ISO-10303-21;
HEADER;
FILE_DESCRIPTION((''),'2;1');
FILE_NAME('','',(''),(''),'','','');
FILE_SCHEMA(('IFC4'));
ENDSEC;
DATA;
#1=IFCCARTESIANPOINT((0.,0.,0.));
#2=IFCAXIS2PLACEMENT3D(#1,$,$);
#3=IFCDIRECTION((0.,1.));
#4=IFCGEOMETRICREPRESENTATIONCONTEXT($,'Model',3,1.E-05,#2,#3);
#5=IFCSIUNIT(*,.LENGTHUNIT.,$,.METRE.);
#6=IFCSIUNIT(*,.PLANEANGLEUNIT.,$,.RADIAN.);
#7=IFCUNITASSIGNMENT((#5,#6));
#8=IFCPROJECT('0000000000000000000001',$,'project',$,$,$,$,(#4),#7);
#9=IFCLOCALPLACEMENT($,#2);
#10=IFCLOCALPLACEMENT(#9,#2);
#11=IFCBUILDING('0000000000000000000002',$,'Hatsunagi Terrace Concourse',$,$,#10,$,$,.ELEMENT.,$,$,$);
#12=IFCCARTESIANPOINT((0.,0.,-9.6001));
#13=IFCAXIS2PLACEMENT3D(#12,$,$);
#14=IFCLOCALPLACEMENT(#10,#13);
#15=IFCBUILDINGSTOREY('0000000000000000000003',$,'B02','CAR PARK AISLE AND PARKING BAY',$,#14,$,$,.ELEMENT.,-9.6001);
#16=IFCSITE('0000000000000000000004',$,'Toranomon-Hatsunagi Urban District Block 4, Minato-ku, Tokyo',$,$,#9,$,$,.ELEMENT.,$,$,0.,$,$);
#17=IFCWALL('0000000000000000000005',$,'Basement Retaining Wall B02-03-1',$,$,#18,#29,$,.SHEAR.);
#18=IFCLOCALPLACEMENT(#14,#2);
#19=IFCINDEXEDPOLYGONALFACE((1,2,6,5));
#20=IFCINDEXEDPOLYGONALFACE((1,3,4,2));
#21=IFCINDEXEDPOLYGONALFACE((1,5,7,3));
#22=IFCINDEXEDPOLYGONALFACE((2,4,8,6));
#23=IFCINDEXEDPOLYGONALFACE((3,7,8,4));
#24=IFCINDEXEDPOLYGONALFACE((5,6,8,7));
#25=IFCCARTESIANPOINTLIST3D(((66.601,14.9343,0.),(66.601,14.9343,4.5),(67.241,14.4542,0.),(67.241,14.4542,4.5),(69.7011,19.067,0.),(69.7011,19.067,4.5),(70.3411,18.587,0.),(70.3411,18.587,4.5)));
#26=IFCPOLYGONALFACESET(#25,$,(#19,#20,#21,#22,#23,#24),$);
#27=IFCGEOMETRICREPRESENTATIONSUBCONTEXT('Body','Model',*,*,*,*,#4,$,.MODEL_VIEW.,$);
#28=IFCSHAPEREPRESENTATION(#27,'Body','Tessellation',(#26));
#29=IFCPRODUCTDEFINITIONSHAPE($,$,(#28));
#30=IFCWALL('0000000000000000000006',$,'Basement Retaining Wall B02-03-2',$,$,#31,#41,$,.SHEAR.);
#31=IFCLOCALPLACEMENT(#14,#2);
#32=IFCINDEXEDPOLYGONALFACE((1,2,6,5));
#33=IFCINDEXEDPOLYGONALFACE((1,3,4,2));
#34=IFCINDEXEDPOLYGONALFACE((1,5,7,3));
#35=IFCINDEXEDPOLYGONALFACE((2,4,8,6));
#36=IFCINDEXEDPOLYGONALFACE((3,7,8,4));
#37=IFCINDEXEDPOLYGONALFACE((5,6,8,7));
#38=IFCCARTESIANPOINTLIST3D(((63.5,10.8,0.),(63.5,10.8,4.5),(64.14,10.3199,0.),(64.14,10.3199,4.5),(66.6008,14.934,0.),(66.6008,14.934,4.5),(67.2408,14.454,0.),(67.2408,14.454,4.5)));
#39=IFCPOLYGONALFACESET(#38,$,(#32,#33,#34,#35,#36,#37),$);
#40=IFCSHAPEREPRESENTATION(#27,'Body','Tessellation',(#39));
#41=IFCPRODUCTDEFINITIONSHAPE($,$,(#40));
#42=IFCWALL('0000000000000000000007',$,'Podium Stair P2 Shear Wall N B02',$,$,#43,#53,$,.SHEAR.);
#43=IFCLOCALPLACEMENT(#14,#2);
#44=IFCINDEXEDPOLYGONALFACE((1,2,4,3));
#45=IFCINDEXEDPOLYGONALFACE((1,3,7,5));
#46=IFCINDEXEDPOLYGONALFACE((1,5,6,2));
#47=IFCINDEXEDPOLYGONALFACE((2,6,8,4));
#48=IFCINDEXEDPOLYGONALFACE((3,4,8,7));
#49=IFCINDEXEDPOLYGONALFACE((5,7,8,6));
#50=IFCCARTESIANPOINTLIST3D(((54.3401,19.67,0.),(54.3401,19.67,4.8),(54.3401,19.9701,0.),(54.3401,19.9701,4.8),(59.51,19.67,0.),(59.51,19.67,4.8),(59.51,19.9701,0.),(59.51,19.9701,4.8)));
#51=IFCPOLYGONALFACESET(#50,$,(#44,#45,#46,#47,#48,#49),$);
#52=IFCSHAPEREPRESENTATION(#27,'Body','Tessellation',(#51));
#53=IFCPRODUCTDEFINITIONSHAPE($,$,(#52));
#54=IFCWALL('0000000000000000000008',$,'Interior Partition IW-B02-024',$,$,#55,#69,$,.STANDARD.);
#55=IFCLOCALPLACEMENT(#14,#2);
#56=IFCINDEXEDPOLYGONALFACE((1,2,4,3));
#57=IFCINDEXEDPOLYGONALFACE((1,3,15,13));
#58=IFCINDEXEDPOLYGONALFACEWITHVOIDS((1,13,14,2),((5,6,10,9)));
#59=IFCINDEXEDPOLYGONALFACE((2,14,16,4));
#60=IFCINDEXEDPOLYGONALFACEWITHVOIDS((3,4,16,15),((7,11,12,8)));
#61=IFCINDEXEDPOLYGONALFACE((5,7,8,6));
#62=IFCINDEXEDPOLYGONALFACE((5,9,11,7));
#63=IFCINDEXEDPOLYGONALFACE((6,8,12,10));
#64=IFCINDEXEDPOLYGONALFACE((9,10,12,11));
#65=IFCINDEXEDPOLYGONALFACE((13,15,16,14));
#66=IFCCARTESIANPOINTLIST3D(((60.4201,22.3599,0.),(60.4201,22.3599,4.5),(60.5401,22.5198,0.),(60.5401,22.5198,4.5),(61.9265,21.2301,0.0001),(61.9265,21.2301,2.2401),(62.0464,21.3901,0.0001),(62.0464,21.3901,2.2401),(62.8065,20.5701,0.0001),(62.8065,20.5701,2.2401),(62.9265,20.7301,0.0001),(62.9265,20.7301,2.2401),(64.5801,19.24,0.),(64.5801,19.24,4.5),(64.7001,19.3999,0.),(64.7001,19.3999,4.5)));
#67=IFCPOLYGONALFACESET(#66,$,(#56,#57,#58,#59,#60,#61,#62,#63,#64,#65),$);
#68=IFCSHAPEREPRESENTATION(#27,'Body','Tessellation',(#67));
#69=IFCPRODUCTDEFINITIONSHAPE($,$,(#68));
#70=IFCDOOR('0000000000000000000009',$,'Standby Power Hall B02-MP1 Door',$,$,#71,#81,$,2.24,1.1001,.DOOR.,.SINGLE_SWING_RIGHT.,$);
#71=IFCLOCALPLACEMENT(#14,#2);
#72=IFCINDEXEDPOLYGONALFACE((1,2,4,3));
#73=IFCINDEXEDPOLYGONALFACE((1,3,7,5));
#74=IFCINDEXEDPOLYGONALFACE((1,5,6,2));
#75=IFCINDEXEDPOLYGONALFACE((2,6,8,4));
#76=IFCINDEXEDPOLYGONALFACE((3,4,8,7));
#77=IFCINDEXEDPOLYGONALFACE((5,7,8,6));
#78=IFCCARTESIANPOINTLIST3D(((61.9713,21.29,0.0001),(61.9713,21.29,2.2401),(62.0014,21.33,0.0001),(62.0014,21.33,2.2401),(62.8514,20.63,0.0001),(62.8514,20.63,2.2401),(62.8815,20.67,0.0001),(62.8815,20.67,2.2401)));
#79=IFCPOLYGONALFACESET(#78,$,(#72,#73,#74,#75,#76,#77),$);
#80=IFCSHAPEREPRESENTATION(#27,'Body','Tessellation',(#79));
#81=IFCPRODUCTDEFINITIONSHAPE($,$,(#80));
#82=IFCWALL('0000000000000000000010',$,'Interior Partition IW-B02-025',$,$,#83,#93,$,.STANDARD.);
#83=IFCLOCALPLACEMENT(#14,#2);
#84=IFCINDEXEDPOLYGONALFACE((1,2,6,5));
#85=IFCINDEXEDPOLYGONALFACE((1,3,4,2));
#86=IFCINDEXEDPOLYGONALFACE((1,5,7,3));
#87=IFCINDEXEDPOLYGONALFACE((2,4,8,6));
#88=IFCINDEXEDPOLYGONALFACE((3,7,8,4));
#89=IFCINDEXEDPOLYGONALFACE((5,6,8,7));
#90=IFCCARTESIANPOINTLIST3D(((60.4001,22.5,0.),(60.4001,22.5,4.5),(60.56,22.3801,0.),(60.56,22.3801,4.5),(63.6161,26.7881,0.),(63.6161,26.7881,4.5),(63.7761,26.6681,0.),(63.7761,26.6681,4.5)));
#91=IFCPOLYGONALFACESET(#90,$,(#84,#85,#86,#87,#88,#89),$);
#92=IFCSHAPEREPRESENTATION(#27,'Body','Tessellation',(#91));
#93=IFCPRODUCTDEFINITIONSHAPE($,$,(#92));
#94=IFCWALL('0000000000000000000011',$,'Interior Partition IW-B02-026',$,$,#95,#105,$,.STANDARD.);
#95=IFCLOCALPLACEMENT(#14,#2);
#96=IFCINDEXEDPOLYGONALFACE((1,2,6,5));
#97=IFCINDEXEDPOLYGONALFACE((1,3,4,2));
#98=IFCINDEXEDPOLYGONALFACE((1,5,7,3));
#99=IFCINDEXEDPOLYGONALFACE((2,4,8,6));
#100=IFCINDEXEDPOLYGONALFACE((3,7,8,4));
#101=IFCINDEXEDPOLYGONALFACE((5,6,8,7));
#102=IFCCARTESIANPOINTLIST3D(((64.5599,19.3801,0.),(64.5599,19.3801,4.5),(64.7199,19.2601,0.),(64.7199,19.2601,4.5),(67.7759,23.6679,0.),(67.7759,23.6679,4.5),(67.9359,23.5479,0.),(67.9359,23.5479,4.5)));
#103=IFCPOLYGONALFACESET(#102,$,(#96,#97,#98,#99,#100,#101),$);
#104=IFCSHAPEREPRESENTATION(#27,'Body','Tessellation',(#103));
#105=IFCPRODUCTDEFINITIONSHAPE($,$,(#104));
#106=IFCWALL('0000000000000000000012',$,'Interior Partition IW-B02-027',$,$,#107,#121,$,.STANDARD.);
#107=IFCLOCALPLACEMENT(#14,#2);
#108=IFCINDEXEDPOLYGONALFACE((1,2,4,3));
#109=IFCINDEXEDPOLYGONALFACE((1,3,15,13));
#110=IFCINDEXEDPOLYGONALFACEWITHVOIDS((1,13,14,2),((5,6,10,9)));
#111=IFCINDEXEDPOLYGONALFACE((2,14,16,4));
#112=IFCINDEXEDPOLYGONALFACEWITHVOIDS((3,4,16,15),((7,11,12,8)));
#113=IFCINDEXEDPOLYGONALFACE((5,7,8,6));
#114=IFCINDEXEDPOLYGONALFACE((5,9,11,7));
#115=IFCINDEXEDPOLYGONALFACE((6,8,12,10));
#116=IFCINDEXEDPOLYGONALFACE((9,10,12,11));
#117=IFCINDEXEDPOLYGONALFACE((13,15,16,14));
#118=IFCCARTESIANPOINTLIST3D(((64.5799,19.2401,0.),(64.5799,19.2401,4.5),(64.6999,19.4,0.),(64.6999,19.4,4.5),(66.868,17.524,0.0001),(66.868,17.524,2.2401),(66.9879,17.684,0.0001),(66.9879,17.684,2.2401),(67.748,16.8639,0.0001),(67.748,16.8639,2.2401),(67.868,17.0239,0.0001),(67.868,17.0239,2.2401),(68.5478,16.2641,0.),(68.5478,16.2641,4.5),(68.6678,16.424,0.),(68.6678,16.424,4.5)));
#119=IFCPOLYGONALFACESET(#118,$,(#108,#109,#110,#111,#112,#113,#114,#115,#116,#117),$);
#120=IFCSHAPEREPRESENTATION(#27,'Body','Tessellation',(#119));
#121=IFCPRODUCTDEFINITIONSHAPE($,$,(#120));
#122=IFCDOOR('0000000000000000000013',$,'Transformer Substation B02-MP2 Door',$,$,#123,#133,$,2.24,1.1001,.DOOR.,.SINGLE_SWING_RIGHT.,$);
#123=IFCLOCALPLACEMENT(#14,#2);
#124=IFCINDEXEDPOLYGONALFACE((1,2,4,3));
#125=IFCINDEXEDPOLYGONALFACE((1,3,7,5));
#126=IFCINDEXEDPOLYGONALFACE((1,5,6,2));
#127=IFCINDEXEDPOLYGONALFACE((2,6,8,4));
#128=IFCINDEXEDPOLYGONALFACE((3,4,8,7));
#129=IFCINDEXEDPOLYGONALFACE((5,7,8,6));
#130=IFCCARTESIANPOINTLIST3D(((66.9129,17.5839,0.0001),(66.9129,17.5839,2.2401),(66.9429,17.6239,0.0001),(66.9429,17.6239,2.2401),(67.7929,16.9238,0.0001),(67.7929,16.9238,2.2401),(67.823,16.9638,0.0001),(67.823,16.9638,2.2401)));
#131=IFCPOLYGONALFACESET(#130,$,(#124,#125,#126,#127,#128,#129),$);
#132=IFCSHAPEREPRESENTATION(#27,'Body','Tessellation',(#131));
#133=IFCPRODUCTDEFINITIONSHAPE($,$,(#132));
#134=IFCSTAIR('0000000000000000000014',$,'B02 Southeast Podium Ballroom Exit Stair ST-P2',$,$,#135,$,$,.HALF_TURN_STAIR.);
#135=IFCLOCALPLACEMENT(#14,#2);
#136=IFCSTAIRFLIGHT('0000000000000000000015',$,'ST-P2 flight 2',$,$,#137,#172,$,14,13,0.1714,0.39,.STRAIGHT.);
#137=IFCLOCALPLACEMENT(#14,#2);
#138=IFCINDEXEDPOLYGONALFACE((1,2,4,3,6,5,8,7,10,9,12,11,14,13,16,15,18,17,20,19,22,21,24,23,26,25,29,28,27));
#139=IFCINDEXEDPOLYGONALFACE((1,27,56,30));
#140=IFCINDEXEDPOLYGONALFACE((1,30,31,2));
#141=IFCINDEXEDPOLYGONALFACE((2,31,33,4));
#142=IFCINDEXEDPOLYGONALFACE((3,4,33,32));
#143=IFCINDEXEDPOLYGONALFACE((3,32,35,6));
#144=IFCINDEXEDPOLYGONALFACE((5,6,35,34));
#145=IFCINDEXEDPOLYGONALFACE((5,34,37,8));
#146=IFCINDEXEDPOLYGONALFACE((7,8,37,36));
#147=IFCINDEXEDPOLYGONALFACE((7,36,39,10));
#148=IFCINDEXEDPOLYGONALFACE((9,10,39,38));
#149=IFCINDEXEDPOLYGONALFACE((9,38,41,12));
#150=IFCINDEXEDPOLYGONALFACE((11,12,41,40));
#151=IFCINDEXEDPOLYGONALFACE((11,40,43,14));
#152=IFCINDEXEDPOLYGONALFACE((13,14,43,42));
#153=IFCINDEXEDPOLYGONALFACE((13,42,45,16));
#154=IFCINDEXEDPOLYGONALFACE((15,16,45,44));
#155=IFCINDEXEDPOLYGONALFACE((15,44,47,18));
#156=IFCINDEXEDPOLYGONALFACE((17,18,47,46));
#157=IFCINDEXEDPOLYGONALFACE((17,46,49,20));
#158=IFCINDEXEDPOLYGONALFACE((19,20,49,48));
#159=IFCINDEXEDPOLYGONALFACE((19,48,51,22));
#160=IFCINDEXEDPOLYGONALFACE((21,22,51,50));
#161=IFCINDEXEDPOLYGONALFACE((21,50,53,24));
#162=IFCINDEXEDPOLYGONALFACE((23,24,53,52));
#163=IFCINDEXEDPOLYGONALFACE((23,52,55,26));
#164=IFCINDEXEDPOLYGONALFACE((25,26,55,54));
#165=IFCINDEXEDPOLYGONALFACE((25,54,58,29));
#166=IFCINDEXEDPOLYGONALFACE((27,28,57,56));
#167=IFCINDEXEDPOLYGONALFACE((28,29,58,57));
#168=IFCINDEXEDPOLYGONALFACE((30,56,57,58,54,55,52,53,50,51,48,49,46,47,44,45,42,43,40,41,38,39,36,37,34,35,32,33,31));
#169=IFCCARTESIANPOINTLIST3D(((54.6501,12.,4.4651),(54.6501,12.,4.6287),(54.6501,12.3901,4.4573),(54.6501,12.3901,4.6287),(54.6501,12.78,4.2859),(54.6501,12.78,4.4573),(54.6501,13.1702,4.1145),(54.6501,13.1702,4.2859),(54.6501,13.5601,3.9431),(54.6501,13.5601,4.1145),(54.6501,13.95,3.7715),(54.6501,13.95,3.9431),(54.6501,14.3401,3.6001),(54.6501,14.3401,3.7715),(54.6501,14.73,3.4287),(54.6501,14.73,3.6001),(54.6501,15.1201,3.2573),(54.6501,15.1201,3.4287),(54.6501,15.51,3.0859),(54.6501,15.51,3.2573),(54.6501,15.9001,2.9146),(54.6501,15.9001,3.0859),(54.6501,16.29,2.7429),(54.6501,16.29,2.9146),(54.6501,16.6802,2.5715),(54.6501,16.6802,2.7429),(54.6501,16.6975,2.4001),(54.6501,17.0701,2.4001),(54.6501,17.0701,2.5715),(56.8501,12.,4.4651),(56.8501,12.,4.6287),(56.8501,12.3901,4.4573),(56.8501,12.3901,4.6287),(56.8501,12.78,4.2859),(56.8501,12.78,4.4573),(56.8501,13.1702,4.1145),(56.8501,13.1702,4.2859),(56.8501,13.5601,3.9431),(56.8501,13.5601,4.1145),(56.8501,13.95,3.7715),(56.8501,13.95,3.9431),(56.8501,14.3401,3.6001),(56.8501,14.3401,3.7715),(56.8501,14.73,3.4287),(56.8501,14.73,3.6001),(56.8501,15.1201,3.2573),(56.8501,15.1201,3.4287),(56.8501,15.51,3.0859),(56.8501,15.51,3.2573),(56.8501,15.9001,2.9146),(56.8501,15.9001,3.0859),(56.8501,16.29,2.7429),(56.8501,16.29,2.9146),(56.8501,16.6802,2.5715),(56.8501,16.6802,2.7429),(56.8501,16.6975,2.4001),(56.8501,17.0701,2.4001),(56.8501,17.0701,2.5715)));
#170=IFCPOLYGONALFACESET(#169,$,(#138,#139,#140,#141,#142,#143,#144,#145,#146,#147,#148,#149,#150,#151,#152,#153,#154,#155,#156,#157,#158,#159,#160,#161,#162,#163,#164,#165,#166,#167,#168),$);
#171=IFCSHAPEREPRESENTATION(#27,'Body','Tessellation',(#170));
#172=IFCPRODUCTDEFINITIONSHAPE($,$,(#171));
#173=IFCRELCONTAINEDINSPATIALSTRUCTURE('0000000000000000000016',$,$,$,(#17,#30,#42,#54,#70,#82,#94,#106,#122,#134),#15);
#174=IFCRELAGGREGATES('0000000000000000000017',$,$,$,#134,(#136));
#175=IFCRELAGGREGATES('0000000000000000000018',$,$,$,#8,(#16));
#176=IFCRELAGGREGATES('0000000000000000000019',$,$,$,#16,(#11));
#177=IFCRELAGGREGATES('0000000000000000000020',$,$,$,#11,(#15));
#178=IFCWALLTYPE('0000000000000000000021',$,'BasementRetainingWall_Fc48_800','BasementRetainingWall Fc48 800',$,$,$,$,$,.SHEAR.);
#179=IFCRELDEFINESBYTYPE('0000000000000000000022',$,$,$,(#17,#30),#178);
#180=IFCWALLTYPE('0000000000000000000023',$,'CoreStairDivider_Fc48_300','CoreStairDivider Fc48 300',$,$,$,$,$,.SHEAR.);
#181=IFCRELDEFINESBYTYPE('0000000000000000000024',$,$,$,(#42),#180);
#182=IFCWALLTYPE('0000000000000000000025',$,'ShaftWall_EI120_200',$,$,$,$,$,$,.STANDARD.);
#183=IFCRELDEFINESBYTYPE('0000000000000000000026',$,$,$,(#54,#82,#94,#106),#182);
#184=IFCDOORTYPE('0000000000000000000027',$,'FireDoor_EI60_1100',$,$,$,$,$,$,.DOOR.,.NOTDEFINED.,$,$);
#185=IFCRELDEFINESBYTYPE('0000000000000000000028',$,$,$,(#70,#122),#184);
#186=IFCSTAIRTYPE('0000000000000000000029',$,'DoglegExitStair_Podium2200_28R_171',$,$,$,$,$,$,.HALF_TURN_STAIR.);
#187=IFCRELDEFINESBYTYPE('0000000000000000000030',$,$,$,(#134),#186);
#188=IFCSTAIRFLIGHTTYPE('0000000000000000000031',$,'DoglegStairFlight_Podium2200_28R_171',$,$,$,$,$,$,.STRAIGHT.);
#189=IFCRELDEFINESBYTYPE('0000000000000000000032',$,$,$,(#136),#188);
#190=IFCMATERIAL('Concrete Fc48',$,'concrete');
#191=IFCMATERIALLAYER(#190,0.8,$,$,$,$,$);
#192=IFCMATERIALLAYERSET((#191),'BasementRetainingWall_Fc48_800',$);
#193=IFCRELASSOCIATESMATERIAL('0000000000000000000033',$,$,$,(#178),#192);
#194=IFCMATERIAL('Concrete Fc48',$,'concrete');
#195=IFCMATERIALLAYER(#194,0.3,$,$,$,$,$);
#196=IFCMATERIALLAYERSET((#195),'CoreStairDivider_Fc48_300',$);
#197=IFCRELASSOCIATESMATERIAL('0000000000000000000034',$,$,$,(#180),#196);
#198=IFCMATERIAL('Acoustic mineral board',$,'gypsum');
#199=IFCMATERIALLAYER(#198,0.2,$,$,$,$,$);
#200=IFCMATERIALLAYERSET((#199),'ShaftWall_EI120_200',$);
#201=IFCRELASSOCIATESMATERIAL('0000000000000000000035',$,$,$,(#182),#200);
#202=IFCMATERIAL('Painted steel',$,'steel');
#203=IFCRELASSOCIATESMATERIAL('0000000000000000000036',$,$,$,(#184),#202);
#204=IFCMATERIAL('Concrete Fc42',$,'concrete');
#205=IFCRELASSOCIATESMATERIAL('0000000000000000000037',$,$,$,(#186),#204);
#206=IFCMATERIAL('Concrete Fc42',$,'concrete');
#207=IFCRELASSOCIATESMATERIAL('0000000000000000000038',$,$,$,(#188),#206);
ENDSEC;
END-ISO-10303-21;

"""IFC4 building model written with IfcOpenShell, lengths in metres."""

from ifc_helpers import new_model, si_unit, direction, frame, frame_2d, origin, place, context, subcontext, project, spatial, polyline, rectangle, outline, extrude, material, layer, layer_set, type_object, element, fill, aggregate, save


model = new_model("IFC4")

# Units and contexts
model_context = context("Model", 3, precision=1e-05, world=origin(), true_north=direction((0.0, 1.0)))
body_context = subcontext(model_context, "Body", "Model", "MODEL_VIEW")
ifc_project = project(units=[si_unit("LENGTHUNIT", "METRE"), si_unit("PLANEANGLEUNIT", "RADIAN")], contexts=[model_context])

# Site, building, storey
site_placement = place(None, origin())
site = spatial("IfcSite", under=ifc_project, at=site_placement, Name="Toranomon-Hatsunagi Urban District Block 4, Minato-ku, Tokyo", CompositionType="ELEMENT", RefElevation=0.0)
building_placement = place(site_placement, origin())
building = spatial("IfcBuilding", under=site, at=building_placement, Name="Hatsunagi Terrace Concourse", CompositionType="ELEMENT")
storey_placement = place(building_placement, frame((0.0, 0.0, -9.6001)))
storey = spatial("IfcBuildingStorey", under=building, at=storey_placement, Name="B02", Description="CAR PARK AISLE AND PARKING BAY", CompositionType="ELEMENT", Elevation=-9.6001)

# Walls
ifc_material_1 = material(Name="Concrete Fc48", Category="concrete")
ifc_layer_1 = layer(ifc_material_1, 0.8)
ifc_layer_set_1 = layer_set([ifc_layer_1], Name="BasementRetainingWall_Fc48_800")
wall_type_1 = type_object("IfcWallType", Name="BasementRetainingWall_Fc48_800", Description="BasementRetainingWall Fc48 800", PredefinedType="SHEAR", material=ifc_layer_set_1)
wall_1_placement = place(storey_placement, frame((70.021, 18.8269, 0.0), z_axis=(0.0, 0.0, 1.0), x_axis=(-0.60006, -0.799955, 0.0)))
element("IfcWall", 1, at=wall_1_placement, inside=storey, type_object=wall_type_1, Name="Basement Retaining Wall B02-03-1", PredefinedType="SHEAR", context=body_context, shape_type="SweptSolid", body=[
    extrude(rectangle(XDim=5.1663, YDim=0.8, at=frame_2d((2.583, 0.0))), origin(), (0.0, 0.0, 1.0), 4.5),
])
wall_2_placement = place(storey_placement, frame((66.9209, 14.6941, 0.0), z_axis=(0.0, 0.0, 1.0), x_axis=(-0.600038, -0.799972, 0.0)))
element("IfcWall", 2, at=wall_2_placement, inside=storey, type_object=wall_type_1, Name="Basement Retaining Wall B02-03-2", PredefinedType="SHEAR", context=body_context, shape_type="SweptSolid", body=[
    extrude(rectangle(XDim=5.1677, YDim=0.8, at=frame_2d((2.584, 0.0))), origin(), (0.0, 0.0, 1.0), 4.5),
])
ifc_material_2 = material(Name="Concrete Fc48", Category="concrete")
ifc_layer_2 = layer(ifc_material_2, 0.3)
ifc_layer_set_2 = layer_set([ifc_layer_2], Name="CoreStairDivider_Fc48_300")
wall_type_2 = type_object("IfcWallType", Name="CoreStairDivider_Fc48_300", Description="CoreStairDivider Fc48 300", PredefinedType="SHEAR", material=ifc_layer_set_2)
wall_3_placement = place(storey_placement, frame((54.3401, 19.8201, 0.0), z_axis=(0.0, 0.0, 1.0), x_axis=(1.0, 0.0, 0.0)))
element("IfcWall", 3, at=wall_3_placement, inside=storey, type_object=wall_type_2, Name="Podium Stair P2 Shear Wall N B02", PredefinedType="SHEAR", context=body_context, shape_type="SweptSolid", body=[
    extrude(rectangle(XDim=5.1699, YDim=0.3, at=frame_2d((2.585, 0.0))), origin(), (0.0, 0.0, 1.0), 4.8),
])

# Wall, opening, door
ifc_material_3 = material(Name="Acoustic mineral board", Category="gypsum")
ifc_layer_3 = layer(ifc_material_3, 0.2)
ifc_layer_set_3 = layer_set([ifc_layer_3], Name="ShaftWall_EI120_200")
wall_type_3 = type_object("IfcWallType", Name="ShaftWall_EI120_200", PredefinedType="STANDARD", material=ifc_layer_set_3)
wall_4_placement = place(storey_placement, frame((60.48, 22.4399, 0.0), z_axis=(0.0, 0.0, 1.0), x_axis=(0.800006, -0.599992, 0.0)))
wall_4 = element("IfcWall", 4, at=wall_4_placement, inside=storey, type_object=wall_type_3, Name="Interior Partition IW-B02-024", PredefinedType="STANDARD", context=body_context, shape_type="SweptSolid", body=[
    extrude(rectangle(XDim=5.2, YDim=0.2, at=frame_2d((2.6001, 0.0))), origin(), (0.0, 0.0, 1.0), 4.5),
])
opening_1_placement = place(wall_4_placement, frame((1.8831, 0.0, 0.0)))
opening_1 = element("IfcOpeningElement", 5, at=opening_1_placement, cuts=wall_4, PredefinedType="OPENING", context=body_context, shape_type="SweptSolid", body=[
    extrude(rectangle(XDim=1.1001, YDim=2.24, at=frame_2d((0.55, 1.1201))), frame((0.0, 0.1099, 0.0), z_axis=(0.0, -1.0, 0.0), x_axis=(1.0, 0.0, 0.0)), (0.0, 0.0, 1.0), 0.22),
])
ifc_material_4 = material(Name="Painted steel", Category="steel")
door_type = type_object("IfcDoorType", Name="FireDoor_EI60_1100", OperationType="NOTDEFINED", PredefinedType="DOOR", material=ifc_material_4)
door_1_placement = place(opening_1_placement, origin())
door_1 = element("IfcDoor", 6, at=door_1_placement, inside=storey, type_object=door_type, Name="Standby Power Hall B02-MP1 Door", OperationType="SINGLE_SWING_RIGHT", OverallHeight=2.24, OverallWidth=1.1001, PredefinedType="DOOR", context=body_context, shape_type="SweptSolid", body=[
    extrude(rectangle(XDim=1.1001, YDim=2.24, at=frame_2d((0.55, 1.1201))), frame((0.0, 0.0249, 0.0), z_axis=(0.0, -1.0, 0.0), x_axis=(1.0, 0.0, 0.0)), (0.0, 0.0, 1.0), 0.05),
])
fill(opening_1, door_1)

# Walls
wall_5_placement = place(storey_placement, frame((60.48, 22.4399, 0.0), z_axis=(0.0, 0.0, 1.0), x_axis=(0.6, 0.8, 0.0)))
element("IfcWall", 7, at=wall_5_placement, inside=storey, type_object=wall_type_3, Name="Interior Partition IW-B02-025", PredefinedType="STANDARD", context=body_context, shape_type="SweptSolid", body=[
    extrude(rectangle(XDim=5.3601, YDim=0.2, at=frame_2d((2.6802, 0.0))), origin(), (0.0, 0.0, 1.0), 4.5),
])
wall_6_placement = place(storey_placement, frame((64.6399, 19.3201, 0.0), z_axis=(0.0, 0.0, 1.0), x_axis=(0.600022, 0.799984, 0.0)))
element("IfcWall", 8, at=wall_6_placement, inside=storey, type_object=wall_type_3, Name="Interior Partition IW-B02-026", PredefinedType="STANDARD", context=body_context, shape_type="SweptSolid", body=[
    extrude(rectangle(XDim=5.3599, YDim=0.2, at=frame_2d((2.6799, 0.0))), origin(), (0.0, 0.0, 1.0), 4.5),
])

# Wall, opening, door
wall_7_placement = place(storey_placement, frame((64.6399, 19.3201, 0.0), z_axis=(0.0, 0.0, 1.0), x_axis=(0.799994, -0.600008, 0.0)))
wall_7 = element("IfcWall", 9, at=wall_7_placement, inside=storey, type_object=wall_type_3, Name="Interior Partition IW-B02-027", PredefinedType="STANDARD", context=body_context, shape_type="SweptSolid", body=[
    extrude(rectangle(XDim=4.96, YDim=0.2, at=frame_2d((2.48, 0.0))), origin(), (0.0, 0.0, 1.0), 4.5),
])
opening_2_placement = place(wall_7_placement, frame((2.8601, 0.0, 0.0)))
opening_2 = element("IfcOpeningElement", 10, at=opening_2_placement, cuts=wall_7, PredefinedType="OPENING", context=body_context, shape_type="SweptSolid", body=[
    extrude(rectangle(XDim=1.1001, YDim=2.24, at=frame_2d((0.55, 1.1201))), frame((0.0, 0.1099, 0.0), z_axis=(0.0, -1.0, 0.0), x_axis=(1.0, 0.0, 0.0)), (0.0, 0.0, 1.0), 0.22),
])
door_2_placement = place(opening_2_placement, origin())
door_2 = element("IfcDoor", 11, at=door_2_placement, inside=storey, type_object=door_type, Name="Transformer Substation B02-MP2 Door", OperationType="SINGLE_SWING_RIGHT", OverallHeight=2.24, OverallWidth=1.1001, PredefinedType="DOOR", context=body_context, shape_type="SweptSolid", body=[
    extrude(rectangle(XDim=1.1001, YDim=2.24, at=frame_2d((0.55, 1.1201))), frame((0.0, 0.0249, 0.0), z_axis=(0.0, -1.0, 0.0), x_axis=(1.0, 0.0, 0.0)), (0.0, 0.0, 1.0), 0.05),
])
fill(opening_2, door_2)

# Stair, stair flight
ifc_material_5 = material(Name="Concrete Fc42", Category="concrete")
stair_type = type_object("IfcStairType", Name="DoglegExitStair_Podium2200_28R_171", PredefinedType="HALF_TURN_STAIR", material=ifc_material_5)
stair_placement = place(storey_placement, origin())
stair = element("IfcStair", 12, at=stair_placement, inside=storey, type_object=stair_type, Name="B02 Southeast Podium Ballroom Exit Stair ST-P2", PredefinedType="HALF_TURN_STAIR")
ifc_material_6 = material(Name="Concrete Fc42", Category="concrete")
stair_flight_type = type_object("IfcStairFlightType", Name="DoglegStairFlight_Podium2200_28R_171", PredefinedType="STRAIGHT", material=ifc_material_6)
stair_flight_placement = place(storey_placement, frame((55.75, 17.0701, 2.4001), z_axis=(0.0, 0.0, 1.0), x_axis=(0.0, -1.0, 0.0)))
stair_flight = element("IfcStairFlight", 13, at=stair_flight_placement, type_object=stair_flight_type, Name="ST-P2 flight 2", NumberOfRisers=14, NumberOfTreads=13, PredefinedType="STRAIGHT", RiserHeight=0.1714, TreadLength=0.39, context=body_context, shape_type="SweptSolid", body=[
    extrude(outline(polyline([(0.0, 0.0), (0.0, 0.1714), (0.3899, 0.1714), (0.3899, 0.3428), (0.78, 0.3428), (0.78, 0.5144), (1.1699, 0.5144), (1.1699, 0.6858), (1.5601, 0.6858), (1.5601, 0.8572), (1.95, 0.8572), (1.95, 1.0286), (2.3401, 1.0286), (2.3401, 1.2), (2.73, 1.2), (2.73, 1.3713), (3.1201, 1.3713), (3.1201, 1.543), (3.51, 1.543), (3.51, 1.7144), (3.8999, 1.7144), (3.8999, 1.8857), (4.29, 1.8857), (4.29, 2.0571), (4.6799, 2.0571), (4.6799, 2.2285), (5.0701, 2.2285), (5.0701, 2.3999), (5.0701, 2.0649), (0.3726, 0.0), (0.0, 0.0)])), frame((0.0, 1.1001, 0.0), z_axis=(0.0, -1.0, 0.0), x_axis=(1.0, 0.0, 0.0)), (0.0, 0.0, 1.0), 2.2),
])
aggregate(stair, [stair_flight])

save(model, "model.ifc")
